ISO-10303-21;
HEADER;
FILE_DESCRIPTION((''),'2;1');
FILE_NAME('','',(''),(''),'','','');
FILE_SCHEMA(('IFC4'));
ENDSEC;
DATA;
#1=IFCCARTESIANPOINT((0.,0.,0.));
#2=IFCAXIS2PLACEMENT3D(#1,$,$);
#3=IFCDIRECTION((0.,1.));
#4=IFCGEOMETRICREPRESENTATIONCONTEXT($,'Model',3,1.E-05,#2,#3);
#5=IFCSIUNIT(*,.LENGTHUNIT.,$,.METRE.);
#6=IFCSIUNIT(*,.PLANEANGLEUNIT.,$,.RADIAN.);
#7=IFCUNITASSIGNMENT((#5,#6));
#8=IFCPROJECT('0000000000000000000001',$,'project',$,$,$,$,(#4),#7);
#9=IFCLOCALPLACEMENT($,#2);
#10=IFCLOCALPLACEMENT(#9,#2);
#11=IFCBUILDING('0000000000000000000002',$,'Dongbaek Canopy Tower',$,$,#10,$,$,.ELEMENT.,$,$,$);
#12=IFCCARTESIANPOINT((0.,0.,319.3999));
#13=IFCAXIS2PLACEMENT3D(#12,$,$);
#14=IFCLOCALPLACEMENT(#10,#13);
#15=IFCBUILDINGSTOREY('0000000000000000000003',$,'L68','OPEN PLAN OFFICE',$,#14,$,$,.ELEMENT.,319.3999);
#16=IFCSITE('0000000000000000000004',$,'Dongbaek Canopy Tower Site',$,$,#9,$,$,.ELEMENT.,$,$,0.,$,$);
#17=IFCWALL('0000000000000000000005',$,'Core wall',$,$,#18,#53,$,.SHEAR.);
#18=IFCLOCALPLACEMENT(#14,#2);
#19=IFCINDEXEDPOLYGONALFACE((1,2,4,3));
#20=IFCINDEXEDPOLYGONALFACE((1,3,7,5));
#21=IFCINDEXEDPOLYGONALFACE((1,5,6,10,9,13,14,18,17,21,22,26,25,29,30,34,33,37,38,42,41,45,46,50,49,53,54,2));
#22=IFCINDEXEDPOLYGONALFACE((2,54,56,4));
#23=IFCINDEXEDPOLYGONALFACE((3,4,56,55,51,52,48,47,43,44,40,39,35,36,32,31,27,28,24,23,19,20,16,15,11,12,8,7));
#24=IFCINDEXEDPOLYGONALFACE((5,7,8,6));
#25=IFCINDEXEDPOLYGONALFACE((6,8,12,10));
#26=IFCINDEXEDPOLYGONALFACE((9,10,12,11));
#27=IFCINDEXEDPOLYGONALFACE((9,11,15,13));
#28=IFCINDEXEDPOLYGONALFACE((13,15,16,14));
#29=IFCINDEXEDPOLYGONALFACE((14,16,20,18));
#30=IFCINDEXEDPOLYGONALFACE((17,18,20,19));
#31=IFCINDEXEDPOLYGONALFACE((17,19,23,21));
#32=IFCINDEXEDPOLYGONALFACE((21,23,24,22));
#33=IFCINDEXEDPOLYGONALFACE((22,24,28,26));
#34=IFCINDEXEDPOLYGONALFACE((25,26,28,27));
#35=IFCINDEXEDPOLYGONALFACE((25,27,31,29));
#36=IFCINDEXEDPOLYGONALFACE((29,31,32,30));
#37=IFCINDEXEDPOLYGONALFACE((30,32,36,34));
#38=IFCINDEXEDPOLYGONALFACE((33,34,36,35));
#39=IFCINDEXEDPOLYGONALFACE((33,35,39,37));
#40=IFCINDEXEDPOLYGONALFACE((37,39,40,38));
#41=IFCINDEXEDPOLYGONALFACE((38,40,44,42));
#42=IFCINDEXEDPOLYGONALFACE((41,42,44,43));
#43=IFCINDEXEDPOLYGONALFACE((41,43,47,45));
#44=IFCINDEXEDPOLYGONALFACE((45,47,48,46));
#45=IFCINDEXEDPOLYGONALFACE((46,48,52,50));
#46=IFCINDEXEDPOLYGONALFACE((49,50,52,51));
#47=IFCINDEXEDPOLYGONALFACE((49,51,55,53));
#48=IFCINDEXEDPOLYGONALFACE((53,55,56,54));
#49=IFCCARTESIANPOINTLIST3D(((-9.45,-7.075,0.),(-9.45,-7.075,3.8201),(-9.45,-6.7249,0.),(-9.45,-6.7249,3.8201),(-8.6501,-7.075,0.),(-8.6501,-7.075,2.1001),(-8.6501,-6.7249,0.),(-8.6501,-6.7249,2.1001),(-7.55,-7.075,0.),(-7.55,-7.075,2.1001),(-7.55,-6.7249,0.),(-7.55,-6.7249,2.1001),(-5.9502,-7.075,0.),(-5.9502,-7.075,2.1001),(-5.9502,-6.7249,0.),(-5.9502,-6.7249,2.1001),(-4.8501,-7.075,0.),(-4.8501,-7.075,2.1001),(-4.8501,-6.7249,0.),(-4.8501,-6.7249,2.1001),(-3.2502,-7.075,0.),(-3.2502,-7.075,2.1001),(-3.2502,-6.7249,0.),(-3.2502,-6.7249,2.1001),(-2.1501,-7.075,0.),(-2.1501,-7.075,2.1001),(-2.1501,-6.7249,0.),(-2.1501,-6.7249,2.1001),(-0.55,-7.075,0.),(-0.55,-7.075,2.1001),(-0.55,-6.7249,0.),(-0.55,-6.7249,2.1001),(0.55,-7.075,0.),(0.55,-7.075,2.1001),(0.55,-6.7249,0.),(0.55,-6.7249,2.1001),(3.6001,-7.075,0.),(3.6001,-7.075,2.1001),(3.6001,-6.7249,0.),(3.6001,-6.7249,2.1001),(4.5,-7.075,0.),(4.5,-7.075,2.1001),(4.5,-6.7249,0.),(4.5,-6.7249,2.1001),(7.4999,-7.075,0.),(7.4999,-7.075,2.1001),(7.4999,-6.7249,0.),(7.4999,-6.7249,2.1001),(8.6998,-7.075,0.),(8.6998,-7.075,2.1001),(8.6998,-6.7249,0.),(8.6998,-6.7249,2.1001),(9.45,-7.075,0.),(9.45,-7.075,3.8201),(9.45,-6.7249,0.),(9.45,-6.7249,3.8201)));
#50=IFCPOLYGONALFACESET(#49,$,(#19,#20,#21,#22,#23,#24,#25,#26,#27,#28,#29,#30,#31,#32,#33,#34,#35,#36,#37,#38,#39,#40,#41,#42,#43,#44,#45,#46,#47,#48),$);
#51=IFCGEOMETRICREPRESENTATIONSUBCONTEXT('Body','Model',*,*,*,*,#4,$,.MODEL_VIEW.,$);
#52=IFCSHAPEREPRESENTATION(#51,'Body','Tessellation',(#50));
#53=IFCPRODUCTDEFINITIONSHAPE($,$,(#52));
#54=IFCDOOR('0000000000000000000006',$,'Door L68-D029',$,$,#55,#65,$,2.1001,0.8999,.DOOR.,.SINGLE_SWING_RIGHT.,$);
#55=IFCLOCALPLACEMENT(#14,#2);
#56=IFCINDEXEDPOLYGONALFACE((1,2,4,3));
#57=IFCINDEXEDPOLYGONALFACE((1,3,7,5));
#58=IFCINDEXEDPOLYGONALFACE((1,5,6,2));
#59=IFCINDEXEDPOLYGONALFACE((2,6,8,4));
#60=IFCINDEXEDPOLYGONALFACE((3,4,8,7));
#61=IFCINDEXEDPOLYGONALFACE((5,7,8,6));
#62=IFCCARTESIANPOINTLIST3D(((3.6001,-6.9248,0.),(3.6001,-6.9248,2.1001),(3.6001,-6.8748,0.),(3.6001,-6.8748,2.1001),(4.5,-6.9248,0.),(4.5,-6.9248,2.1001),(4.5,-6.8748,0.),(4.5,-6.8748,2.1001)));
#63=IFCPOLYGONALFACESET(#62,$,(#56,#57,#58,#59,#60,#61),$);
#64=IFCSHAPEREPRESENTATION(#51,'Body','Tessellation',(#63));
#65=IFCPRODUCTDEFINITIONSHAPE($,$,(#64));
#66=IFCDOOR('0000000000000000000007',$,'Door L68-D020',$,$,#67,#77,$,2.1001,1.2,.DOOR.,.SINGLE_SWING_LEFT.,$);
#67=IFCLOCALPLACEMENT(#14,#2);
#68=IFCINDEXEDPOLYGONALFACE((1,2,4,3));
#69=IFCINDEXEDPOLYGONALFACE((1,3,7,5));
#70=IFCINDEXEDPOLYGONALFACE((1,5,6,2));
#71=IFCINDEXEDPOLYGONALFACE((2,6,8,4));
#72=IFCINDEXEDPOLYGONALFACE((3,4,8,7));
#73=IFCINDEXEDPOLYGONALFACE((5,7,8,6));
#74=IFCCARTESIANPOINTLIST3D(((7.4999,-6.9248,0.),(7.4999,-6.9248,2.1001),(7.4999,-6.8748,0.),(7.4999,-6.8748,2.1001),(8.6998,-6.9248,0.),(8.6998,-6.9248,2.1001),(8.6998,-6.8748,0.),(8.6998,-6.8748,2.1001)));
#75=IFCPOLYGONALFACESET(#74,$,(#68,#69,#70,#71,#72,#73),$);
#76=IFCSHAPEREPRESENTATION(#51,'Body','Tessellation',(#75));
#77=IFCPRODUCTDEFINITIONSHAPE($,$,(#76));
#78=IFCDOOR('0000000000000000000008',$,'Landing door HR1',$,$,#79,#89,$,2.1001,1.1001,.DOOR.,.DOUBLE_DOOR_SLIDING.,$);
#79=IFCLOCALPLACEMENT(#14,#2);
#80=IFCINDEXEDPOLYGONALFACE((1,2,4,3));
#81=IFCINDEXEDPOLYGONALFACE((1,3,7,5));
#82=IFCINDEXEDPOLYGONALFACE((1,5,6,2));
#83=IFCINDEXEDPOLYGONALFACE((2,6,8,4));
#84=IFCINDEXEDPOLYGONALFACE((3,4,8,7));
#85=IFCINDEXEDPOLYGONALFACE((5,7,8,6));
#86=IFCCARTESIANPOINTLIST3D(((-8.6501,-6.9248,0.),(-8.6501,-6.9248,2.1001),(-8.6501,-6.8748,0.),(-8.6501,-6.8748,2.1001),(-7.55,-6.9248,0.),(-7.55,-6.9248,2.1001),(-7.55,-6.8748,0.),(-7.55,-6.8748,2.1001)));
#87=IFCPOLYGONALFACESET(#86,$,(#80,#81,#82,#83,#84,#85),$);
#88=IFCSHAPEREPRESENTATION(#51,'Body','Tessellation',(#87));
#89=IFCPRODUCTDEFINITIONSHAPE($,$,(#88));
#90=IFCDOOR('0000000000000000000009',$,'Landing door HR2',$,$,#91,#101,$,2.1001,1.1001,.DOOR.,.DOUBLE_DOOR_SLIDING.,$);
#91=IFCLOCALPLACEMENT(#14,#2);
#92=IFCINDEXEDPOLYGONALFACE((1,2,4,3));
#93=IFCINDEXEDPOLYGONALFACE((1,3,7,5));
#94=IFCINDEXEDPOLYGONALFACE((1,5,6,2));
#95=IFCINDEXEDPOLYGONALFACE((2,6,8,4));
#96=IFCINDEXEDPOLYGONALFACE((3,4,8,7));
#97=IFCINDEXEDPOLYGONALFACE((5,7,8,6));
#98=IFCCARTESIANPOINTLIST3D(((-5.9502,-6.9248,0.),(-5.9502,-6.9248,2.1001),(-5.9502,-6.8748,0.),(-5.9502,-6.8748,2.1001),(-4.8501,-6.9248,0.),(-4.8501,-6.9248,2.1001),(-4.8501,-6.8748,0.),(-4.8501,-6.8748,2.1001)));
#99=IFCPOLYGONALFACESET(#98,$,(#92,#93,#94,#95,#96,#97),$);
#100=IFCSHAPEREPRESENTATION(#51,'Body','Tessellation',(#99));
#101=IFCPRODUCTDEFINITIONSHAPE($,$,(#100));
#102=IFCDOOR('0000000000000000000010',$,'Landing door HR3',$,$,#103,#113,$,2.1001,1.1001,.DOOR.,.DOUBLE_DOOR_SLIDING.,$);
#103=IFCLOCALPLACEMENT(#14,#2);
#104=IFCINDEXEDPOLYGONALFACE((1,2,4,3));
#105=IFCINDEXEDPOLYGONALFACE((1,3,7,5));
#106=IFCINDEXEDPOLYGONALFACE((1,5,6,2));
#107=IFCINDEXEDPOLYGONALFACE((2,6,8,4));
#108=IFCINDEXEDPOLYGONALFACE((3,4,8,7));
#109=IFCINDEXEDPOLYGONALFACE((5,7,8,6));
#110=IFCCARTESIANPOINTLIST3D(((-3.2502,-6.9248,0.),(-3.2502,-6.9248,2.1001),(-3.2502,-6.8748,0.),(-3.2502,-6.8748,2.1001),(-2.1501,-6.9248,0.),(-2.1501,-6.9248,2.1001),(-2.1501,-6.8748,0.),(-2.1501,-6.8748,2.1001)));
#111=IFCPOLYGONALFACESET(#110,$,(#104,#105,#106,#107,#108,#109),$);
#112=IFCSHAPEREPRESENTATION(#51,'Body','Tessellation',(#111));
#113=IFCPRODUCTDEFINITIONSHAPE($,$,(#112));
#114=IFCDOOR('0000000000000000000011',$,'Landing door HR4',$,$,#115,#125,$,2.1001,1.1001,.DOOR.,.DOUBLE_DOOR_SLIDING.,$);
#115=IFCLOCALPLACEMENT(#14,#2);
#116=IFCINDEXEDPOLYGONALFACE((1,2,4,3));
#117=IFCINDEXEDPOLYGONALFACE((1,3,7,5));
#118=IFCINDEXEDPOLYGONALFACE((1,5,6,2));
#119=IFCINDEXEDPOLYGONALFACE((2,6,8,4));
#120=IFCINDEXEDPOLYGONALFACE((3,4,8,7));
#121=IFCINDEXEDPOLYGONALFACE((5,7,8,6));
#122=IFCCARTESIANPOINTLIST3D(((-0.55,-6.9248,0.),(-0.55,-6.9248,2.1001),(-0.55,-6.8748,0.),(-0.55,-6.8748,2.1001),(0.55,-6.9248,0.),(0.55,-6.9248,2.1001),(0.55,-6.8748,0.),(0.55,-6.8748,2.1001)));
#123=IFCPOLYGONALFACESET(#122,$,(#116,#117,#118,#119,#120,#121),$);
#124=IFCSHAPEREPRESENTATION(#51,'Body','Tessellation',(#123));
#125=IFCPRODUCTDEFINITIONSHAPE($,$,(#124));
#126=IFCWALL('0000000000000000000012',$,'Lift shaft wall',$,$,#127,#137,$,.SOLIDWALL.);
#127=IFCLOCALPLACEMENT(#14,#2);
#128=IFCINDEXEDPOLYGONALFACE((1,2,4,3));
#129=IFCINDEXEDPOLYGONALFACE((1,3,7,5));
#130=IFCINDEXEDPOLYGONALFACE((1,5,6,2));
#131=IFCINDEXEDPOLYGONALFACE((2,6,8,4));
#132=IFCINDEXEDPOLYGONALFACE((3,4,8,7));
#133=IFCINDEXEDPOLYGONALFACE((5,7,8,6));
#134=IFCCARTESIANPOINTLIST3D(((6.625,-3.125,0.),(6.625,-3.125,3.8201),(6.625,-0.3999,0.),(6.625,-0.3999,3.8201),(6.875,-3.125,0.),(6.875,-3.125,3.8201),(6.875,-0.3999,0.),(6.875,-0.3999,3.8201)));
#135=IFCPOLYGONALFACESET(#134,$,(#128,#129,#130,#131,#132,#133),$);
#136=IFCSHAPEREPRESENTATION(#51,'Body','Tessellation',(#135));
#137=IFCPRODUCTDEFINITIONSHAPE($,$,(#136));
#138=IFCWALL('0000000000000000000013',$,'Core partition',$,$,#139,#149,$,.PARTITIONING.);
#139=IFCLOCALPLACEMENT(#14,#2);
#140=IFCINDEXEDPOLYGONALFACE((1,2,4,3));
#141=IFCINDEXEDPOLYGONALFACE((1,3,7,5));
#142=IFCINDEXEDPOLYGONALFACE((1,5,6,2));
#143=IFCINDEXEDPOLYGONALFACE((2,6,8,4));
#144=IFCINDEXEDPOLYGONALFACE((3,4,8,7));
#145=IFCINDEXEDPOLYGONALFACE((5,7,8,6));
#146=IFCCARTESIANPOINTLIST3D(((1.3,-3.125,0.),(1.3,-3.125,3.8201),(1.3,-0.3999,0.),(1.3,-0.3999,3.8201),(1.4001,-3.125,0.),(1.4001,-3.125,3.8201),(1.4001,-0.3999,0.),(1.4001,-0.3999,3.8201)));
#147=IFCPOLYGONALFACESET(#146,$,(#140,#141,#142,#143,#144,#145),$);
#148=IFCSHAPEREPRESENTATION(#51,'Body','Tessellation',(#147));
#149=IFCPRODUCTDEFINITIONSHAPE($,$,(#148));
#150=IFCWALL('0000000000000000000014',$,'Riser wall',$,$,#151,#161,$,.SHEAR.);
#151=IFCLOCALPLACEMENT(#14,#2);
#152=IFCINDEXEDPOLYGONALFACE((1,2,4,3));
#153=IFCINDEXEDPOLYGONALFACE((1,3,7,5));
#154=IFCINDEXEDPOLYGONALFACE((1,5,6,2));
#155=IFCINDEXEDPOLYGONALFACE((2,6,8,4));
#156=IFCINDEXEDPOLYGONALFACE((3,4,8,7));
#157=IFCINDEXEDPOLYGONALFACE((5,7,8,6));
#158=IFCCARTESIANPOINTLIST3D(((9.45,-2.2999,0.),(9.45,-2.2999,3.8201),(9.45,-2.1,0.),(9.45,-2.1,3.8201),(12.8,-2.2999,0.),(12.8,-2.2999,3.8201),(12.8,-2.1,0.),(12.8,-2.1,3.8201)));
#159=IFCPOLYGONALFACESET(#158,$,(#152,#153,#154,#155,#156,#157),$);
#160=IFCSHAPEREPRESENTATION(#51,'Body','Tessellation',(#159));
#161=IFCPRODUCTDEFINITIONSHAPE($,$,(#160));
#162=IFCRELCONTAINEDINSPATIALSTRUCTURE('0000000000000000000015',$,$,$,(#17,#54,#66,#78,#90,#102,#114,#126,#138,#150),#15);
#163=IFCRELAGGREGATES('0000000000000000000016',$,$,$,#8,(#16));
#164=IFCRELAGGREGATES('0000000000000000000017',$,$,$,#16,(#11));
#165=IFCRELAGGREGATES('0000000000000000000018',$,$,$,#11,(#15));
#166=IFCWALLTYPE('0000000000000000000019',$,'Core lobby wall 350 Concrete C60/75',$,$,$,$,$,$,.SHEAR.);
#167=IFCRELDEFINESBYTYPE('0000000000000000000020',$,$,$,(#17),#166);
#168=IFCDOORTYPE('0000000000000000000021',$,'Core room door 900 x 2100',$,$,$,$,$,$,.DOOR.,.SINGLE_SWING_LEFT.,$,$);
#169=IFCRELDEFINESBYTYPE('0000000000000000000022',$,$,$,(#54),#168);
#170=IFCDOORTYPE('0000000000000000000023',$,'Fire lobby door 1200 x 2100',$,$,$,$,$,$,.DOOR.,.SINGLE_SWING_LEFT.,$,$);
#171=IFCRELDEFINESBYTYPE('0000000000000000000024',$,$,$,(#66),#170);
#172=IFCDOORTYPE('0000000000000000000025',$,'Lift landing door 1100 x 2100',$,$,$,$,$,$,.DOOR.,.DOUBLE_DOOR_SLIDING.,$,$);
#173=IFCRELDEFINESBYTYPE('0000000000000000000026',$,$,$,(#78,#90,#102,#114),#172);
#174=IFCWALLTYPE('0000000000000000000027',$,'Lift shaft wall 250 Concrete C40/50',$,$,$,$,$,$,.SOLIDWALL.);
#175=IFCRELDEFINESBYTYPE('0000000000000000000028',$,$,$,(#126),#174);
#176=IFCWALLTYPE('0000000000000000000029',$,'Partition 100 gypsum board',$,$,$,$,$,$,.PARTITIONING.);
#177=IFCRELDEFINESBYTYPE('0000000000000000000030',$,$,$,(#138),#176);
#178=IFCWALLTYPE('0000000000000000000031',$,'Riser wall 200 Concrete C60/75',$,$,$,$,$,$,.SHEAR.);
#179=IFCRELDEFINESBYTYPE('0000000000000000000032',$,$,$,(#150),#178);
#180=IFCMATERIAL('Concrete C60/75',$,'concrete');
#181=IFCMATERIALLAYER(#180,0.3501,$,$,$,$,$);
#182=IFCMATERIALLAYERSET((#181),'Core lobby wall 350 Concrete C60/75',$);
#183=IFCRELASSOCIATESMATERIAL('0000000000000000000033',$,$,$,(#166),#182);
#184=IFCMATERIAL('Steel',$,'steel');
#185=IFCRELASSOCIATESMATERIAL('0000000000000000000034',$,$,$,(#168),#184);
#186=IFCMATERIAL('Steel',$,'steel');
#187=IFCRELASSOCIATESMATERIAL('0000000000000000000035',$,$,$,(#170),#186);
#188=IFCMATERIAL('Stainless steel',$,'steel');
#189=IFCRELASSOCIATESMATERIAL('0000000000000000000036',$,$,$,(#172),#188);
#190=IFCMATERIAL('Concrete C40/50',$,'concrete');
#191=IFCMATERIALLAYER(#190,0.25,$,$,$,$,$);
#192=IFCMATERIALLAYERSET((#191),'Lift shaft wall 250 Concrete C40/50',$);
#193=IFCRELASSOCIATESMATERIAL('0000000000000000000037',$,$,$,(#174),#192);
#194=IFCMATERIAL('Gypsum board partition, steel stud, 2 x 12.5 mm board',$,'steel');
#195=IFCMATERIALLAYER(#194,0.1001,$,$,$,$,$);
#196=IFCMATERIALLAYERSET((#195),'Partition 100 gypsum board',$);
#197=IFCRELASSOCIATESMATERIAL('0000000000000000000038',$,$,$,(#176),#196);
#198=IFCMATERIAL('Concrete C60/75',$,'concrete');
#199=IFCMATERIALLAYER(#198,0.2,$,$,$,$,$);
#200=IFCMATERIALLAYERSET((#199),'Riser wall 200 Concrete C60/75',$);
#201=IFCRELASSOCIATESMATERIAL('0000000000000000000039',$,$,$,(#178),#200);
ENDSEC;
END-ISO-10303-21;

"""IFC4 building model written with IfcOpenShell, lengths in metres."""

from ifc_helpers import new_model, si_unit, direction, frame, frame_2d, origin, place, context, subcontext, project, spatial, rectangle, extrude, material, layer, layer_set, type_object, element, fill, save


model = new_model("IFC4")

# Units and contexts
model_context = context("Model", 3, precision=1e-05, world=origin(), true_north=direction((0.0, 1.0)))
body_context = subcontext(model_context, "Body", "Model", "MODEL_VIEW")
ifc_project = project(units=[si_unit("LENGTHUNIT", "METRE"), si_unit("PLANEANGLEUNIT", "RADIAN")], contexts=[model_context])

# Site, building, storey
site_placement = place(None, origin())
site = spatial("IfcSite", under=ifc_project, at=site_placement, Name="Dongbaek Canopy Tower Site", CompositionType="ELEMENT", RefElevation=0.0)
building_placement = place(site_placement, origin())
building = spatial("IfcBuilding", under=site, at=building_placement, Name="Dongbaek Canopy Tower", CompositionType="ELEMENT")
storey_placement = place(building_placement, frame((0.0, 0.0, 319.3999)))
storey = spatial("IfcBuildingStorey", under=building, at=storey_placement, Name="L68", Description="OPEN PLAN OFFICE", CompositionType="ELEMENT", Elevation=319.3999)

# Wall, openings, doors
ifc_material_1 = material(Name="Concrete C60/75", Category="concrete")
ifc_layer_1 = layer(ifc_material_1, 0.3501)
ifc_layer_set_1 = layer_set([ifc_layer_1], Name="Core lobby wall 350 Concrete C60/75")
wall_type_1 = type_object("IfcWallType", Name="Core lobby wall 350 Concrete C60/75", PredefinedType="SHEAR", material=ifc_layer_set_1)
wall_1_placement = place(storey_placement, frame((9.45, -6.8999, 0.0), z_axis=(0.0, 0.0, 1.0), x_axis=(-1.0, 0.0, 0.0)))
wall_1 = element("IfcWall", 1, at=wall_1_placement, inside=storey, type_object=wall_type_1, Name="Core wall", PredefinedType="SHEAR", context=body_context, shape_type="SweptSolid", body=[
    extrude(rectangle(XDim=18.8999, YDim=0.3501, at=frame_2d((9.45, 0.0))), origin(), (0.0, 0.0, 1.0), 3.8201),
])
opening_1_placement = place(wall_1_placement, frame((17.0, 0.0, 0.0)))
opening_1 = element("IfcOpeningElement", 2, at=opening_1_placement, cuts=wall_1, PredefinedType="OPENING", context=body_context, shape_type="SweptSolid", body=[
    extrude(rectangle(XDim=1.1001, YDim=2.1001, at=frame_2d((0.55, 1.05))), frame((0.0, 0.1851, 0.0), z_axis=(0.0, -1.0, 0.0), x_axis=(1.0, 0.0, 0.0)), (0.0, 0.0, 1.0), 0.3701),
])
opening_2_placement = place(wall_1_placement, frame((14.3, 0.0, 0.0)))
opening_2 = element("IfcOpeningElement", 3, at=opening_2_placement, cuts=wall_1, PredefinedType="OPENING", context=body_context, shape_type="SweptSolid", body=[
    extrude(rectangle(XDim=1.1001, YDim=2.1001, at=frame_2d((0.55, 1.05))), frame((0.0, 0.1851, 0.0), z_axis=(0.0, -1.0, 0.0), x_axis=(1.0, 0.0, 0.0)), (0.0, 0.0, 1.0), 0.3701),
])
opening_3_placement = place(wall_1_placement, frame((11.6001, 0.0, 0.0)))
opening_3 = element("IfcOpeningElement", 4, at=opening_3_placement, cuts=wall_1, PredefinedType="OPENING", context=body_context, shape_type="SweptSolid", body=[
    extrude(rectangle(XDim=1.1001, YDim=2.1001, at=frame_2d((0.55, 1.05))), frame((0.0, 0.1851, 0.0), z_axis=(0.0, -1.0, 0.0), x_axis=(1.0, 0.0, 0.0)), (0.0, 0.0, 1.0), 0.3701),
])
opening_4_placement = place(wall_1_placement, frame((8.8999, 0.0, 0.0)))
opening_4 = element("IfcOpeningElement", 5, at=opening_4_placement, cuts=wall_1, PredefinedType="OPENING", context=body_context, shape_type="SweptSolid", body=[
    extrude(rectangle(XDim=1.1001, YDim=2.1001, at=frame_2d((0.55, 1.05))), frame((0.0, 0.1851, 0.0), z_axis=(0.0, -1.0, 0.0), x_axis=(1.0, 0.0, 0.0)), (0.0, 0.0, 1.0), 0.3701),
])
opening_5_placement = place(wall_1_placement, frame((0.75, 0.0, 0.0)))
opening_5 = element("IfcOpeningElement", 6, at=opening_5_placement, cuts=wall_1, PredefinedType="OPENING", context=body_context, shape_type="SweptSolid", body=[
    extrude(rectangle(XDim=1.2, YDim=2.1001, at=frame_2d((0.6001, 1.05))), frame((0.0, 0.1851, 0.0), z_axis=(0.0, -1.0, 0.0), x_axis=(1.0, 0.0, 0.0)), (0.0, 0.0, 1.0), 0.3701),
])
opening_6_placement = place(wall_1_placement, frame((4.95, 0.0, 0.0)))
opening_6 = element("IfcOpeningElement", 7, at=opening_6_placement, cuts=wall_1, PredefinedType="OPENING", context=body_context, shape_type="SweptSolid", body=[
    extrude(rectangle(XDim=0.8999, YDim=2.1001, at=frame_2d((0.45, 1.05))), frame((0.0, 0.1851, 0.0), z_axis=(0.0, -1.0, 0.0), x_axis=(1.0, 0.0, 0.0)), (0.0, 0.0, 1.0), 0.3701),
])
ifc_material_2 = material(Name="Steel", Category="steel")
door_type_1 = type_object("IfcDoorType", Name="Core room door 900 x 2100", OperationType="SINGLE_SWING_LEFT", PredefinedType="DOOR", material=ifc_material_2)
door_1_placement = place(opening_6_placement, origin())
door_1 = element("IfcDoor", 8, at=door_1_placement, inside=storey, type_object=door_type_1, Name="Door L68-D029", OperationType="SINGLE_SWING_RIGHT", OverallHeight=2.1001, OverallWidth=0.8999, PredefinedType="DOOR", context=body_context, shape_type="SweptSolid", body=[
    extrude(rectangle(XDim=0.8999, YDim=2.1001, at=frame_2d((0.45, 1.05))), frame((0.0, 0.0249, 0.0), z_axis=(0.0, -1.0, 0.0), x_axis=(1.0, 0.0, 0.0)), (0.0, 0.0, 1.0), 0.05),
])
fill(opening_6, door_1)
ifc_material_3 = material(Name="Steel", Category="steel")
door_type_2 = type_object("IfcDoorType", Name="Fire lobby door 1200 x 2100", OperationType="SINGLE_SWING_LEFT", PredefinedType="DOOR", material=ifc_material_3)
door_2_placement = place(opening_5_placement, origin())
door_2 = element("IfcDoor", 9, at=door_2_placement, inside=storey, type_object=door_type_2, Name="Door L68-D020", OperationType="SINGLE_SWING_LEFT", OverallHeight=2.1001, OverallWidth=1.2, PredefinedType="DOOR", context=body_context, shape_type="SweptSolid", body=[
    extrude(rectangle(XDim=1.2, YDim=2.1001, at=frame_2d((0.6001, 1.05))), frame((0.0, 0.0249, 0.0), z_axis=(0.0, -1.0, 0.0), x_axis=(1.0, 0.0, 0.0)), (0.0, 0.0, 1.0), 0.05),
])
fill(opening_5, door_2)
ifc_material_4 = material(Name="Stainless steel", Category="steel")
door_type_3 = type_object("IfcDoorType", Name="Lift landing door 1100 x 2100", OperationType="DOUBLE_DOOR_SLIDING", PredefinedType="DOOR", material=ifc_material_4)
door_3_placement = place(opening_1_placement, origin())
door_3 = element("IfcDoor", 10, at=door_3_placement, inside=storey, type_object=door_type_3, Name="Landing door HR1", OperationType="DOUBLE_DOOR_SLIDING", OverallHeight=2.1001, OverallWidth=1.1001, PredefinedType="DOOR", context=body_context, shape_type="SweptSolid", body=[
    extrude(rectangle(XDim=1.1001, YDim=2.1001, at=frame_2d((0.55, 1.05))), frame((0.0, 0.0249, 0.0), z_axis=(0.0, -1.0, 0.0), x_axis=(1.0, 0.0, 0.0)), (0.0, 0.0, 1.0), 0.05),
])
fill(opening_1, door_3)
door_4_placement = place(opening_2_placement, origin())
door_4 = element("IfcDoor", 11, at=door_4_placement, inside=storey, type_object=door_type_3, Name="Landing door HR2", OperationType="DOUBLE_DOOR_SLIDING", OverallHeight=2.1001, OverallWidth=1.1001, PredefinedType="DOOR", context=body_context, shape_type="SweptSolid", body=[
    extrude(rectangle(XDim=1.1001, YDim=2.1001, at=frame_2d((0.55, 1.05))), frame((0.0, 0.0249, 0.0), z_axis=(0.0, -1.0, 0.0), x_axis=(1.0, 0.0, 0.0)), (0.0, 0.0, 1.0), 0.05),
])
fill(opening_2, door_4)
door_5_placement = place(opening_3_placement, origin())
door_5 = element("IfcDoor", 12, at=door_5_placement, inside=storey, type_object=door_type_3, Name="Landing door HR3", OperationType="DOUBLE_DOOR_SLIDING", OverallHeight=2.1001, OverallWidth=1.1001, PredefinedType="DOOR", context=body_context, shape_type="SweptSolid", body=[
    extrude(rectangle(XDim=1.1001, YDim=2.1001, at=frame_2d((0.55, 1.05))), frame((0.0, 0.0249, 0.0), z_axis=(0.0, -1.0, 0.0), x_axis=(1.0, 0.0, 0.0)), (0.0, 0.0, 1.0), 0.05),
])
fill(opening_3, door_5)
door_6_placement = place(opening_4_placement, origin())
door_6 = element("IfcDoor", 13, at=door_6_placement, inside=storey, type_object=door_type_3, Name="Landing door HR4", OperationType="DOUBLE_DOOR_SLIDING", OverallHeight=2.1001, OverallWidth=1.1001, PredefinedType="DOOR", context=body_context, shape_type="SweptSolid", body=[
    extrude(rectangle(XDim=1.1001, YDim=2.1001, at=frame_2d((0.55, 1.05))), frame((0.0, 0.0249, 0.0), z_axis=(0.0, -1.0, 0.0), x_axis=(1.0, 0.0, 0.0)), (0.0, 0.0, 1.0), 0.05),
])
fill(opening_4, door_6)

# Walls
ifc_material_5 = material(Name="Concrete C40/50", Category="concrete")
ifc_layer_2 = layer(ifc_material_5, 0.25)
ifc_layer_set_2 = layer_set([ifc_layer_2], Name="Lift shaft wall 250 Concrete C40/50")
wall_type_2 = type_object("IfcWallType", Name="Lift shaft wall 250 Concrete C40/50", PredefinedType="SOLIDWALL", material=ifc_layer_set_2)
wall_2_placement = place(storey_placement, frame((6.75, -3.125, 0.0), z_axis=(0.0, 0.0, 1.0), x_axis=(0.0, 1.0, 0.0)))
element("IfcWall", 14, at=wall_2_placement, inside=storey, type_object=wall_type_2, Name="Lift shaft wall", PredefinedType="SOLIDWALL", context=body_context, shape_type="SweptSolid", body=[
    extrude(rectangle(XDim=2.7251, YDim=0.25, at=frame_2d((1.3625, 0.0))), origin(), (0.0, 0.0, 1.0), 3.8201),
])
ifc_material_6 = material(Name="Gypsum board partition, steel stud, 2 x 12.5 mm board", Category="steel")
ifc_layer_3 = layer(ifc_material_6, 0.1001)
ifc_layer_set_3 = layer_set([ifc_layer_3], Name="Partition 100 gypsum board")
wall_type_3 = type_object("IfcWallType", Name="Partition 100 gypsum board", PredefinedType="PARTITIONING", material=ifc_layer_set_3)
wall_3_placement = place(storey_placement, frame((1.3501, -3.125, 0.0), z_axis=(0.0, 0.0, 1.0), x_axis=(0.0, 1.0, 0.0)))
element("IfcWall", 15, at=wall_3_placement, inside=storey, type_object=wall_type_3, Name="Core partition", PredefinedType="PARTITIONING", context=body_context, shape_type="SweptSolid", body=[
    extrude(rectangle(XDim=2.7251, YDim=0.1001, at=frame_2d((1.3625, 0.0))), origin(), (0.0, 0.0, 1.0), 3.8201),
])
ifc_material_7 = material(Name="Concrete C60/75", Category="concrete")
ifc_layer_4 = layer(ifc_material_7, 0.2)
ifc_layer_set_4 = layer_set([ifc_layer_4], Name="Riser wall 200 Concrete C60/75")
wall_type_4 = type_object("IfcWallType", Name="Riser wall 200 Concrete C60/75", PredefinedType="SHEAR", material=ifc_layer_set_4)
wall_4_placement = place(storey_placement, frame((9.45, -2.2, 0.0), z_axis=(0.0, 0.0, 1.0), x_axis=(1.0, 0.0, 0.0)))
element("IfcWall", 16, at=wall_4_placement, inside=storey, type_object=wall_type_4, Name="Riser wall", PredefinedType="SHEAR", context=body_context, shape_type="SweptSolid", body=[
    extrude(rectangle(XDim=3.3501, YDim=0.2, at=frame_2d((1.675, 0.0))), origin(), (0.0, 0.0, 1.0), 3.8201),
])

save(model, "model.ifc")
